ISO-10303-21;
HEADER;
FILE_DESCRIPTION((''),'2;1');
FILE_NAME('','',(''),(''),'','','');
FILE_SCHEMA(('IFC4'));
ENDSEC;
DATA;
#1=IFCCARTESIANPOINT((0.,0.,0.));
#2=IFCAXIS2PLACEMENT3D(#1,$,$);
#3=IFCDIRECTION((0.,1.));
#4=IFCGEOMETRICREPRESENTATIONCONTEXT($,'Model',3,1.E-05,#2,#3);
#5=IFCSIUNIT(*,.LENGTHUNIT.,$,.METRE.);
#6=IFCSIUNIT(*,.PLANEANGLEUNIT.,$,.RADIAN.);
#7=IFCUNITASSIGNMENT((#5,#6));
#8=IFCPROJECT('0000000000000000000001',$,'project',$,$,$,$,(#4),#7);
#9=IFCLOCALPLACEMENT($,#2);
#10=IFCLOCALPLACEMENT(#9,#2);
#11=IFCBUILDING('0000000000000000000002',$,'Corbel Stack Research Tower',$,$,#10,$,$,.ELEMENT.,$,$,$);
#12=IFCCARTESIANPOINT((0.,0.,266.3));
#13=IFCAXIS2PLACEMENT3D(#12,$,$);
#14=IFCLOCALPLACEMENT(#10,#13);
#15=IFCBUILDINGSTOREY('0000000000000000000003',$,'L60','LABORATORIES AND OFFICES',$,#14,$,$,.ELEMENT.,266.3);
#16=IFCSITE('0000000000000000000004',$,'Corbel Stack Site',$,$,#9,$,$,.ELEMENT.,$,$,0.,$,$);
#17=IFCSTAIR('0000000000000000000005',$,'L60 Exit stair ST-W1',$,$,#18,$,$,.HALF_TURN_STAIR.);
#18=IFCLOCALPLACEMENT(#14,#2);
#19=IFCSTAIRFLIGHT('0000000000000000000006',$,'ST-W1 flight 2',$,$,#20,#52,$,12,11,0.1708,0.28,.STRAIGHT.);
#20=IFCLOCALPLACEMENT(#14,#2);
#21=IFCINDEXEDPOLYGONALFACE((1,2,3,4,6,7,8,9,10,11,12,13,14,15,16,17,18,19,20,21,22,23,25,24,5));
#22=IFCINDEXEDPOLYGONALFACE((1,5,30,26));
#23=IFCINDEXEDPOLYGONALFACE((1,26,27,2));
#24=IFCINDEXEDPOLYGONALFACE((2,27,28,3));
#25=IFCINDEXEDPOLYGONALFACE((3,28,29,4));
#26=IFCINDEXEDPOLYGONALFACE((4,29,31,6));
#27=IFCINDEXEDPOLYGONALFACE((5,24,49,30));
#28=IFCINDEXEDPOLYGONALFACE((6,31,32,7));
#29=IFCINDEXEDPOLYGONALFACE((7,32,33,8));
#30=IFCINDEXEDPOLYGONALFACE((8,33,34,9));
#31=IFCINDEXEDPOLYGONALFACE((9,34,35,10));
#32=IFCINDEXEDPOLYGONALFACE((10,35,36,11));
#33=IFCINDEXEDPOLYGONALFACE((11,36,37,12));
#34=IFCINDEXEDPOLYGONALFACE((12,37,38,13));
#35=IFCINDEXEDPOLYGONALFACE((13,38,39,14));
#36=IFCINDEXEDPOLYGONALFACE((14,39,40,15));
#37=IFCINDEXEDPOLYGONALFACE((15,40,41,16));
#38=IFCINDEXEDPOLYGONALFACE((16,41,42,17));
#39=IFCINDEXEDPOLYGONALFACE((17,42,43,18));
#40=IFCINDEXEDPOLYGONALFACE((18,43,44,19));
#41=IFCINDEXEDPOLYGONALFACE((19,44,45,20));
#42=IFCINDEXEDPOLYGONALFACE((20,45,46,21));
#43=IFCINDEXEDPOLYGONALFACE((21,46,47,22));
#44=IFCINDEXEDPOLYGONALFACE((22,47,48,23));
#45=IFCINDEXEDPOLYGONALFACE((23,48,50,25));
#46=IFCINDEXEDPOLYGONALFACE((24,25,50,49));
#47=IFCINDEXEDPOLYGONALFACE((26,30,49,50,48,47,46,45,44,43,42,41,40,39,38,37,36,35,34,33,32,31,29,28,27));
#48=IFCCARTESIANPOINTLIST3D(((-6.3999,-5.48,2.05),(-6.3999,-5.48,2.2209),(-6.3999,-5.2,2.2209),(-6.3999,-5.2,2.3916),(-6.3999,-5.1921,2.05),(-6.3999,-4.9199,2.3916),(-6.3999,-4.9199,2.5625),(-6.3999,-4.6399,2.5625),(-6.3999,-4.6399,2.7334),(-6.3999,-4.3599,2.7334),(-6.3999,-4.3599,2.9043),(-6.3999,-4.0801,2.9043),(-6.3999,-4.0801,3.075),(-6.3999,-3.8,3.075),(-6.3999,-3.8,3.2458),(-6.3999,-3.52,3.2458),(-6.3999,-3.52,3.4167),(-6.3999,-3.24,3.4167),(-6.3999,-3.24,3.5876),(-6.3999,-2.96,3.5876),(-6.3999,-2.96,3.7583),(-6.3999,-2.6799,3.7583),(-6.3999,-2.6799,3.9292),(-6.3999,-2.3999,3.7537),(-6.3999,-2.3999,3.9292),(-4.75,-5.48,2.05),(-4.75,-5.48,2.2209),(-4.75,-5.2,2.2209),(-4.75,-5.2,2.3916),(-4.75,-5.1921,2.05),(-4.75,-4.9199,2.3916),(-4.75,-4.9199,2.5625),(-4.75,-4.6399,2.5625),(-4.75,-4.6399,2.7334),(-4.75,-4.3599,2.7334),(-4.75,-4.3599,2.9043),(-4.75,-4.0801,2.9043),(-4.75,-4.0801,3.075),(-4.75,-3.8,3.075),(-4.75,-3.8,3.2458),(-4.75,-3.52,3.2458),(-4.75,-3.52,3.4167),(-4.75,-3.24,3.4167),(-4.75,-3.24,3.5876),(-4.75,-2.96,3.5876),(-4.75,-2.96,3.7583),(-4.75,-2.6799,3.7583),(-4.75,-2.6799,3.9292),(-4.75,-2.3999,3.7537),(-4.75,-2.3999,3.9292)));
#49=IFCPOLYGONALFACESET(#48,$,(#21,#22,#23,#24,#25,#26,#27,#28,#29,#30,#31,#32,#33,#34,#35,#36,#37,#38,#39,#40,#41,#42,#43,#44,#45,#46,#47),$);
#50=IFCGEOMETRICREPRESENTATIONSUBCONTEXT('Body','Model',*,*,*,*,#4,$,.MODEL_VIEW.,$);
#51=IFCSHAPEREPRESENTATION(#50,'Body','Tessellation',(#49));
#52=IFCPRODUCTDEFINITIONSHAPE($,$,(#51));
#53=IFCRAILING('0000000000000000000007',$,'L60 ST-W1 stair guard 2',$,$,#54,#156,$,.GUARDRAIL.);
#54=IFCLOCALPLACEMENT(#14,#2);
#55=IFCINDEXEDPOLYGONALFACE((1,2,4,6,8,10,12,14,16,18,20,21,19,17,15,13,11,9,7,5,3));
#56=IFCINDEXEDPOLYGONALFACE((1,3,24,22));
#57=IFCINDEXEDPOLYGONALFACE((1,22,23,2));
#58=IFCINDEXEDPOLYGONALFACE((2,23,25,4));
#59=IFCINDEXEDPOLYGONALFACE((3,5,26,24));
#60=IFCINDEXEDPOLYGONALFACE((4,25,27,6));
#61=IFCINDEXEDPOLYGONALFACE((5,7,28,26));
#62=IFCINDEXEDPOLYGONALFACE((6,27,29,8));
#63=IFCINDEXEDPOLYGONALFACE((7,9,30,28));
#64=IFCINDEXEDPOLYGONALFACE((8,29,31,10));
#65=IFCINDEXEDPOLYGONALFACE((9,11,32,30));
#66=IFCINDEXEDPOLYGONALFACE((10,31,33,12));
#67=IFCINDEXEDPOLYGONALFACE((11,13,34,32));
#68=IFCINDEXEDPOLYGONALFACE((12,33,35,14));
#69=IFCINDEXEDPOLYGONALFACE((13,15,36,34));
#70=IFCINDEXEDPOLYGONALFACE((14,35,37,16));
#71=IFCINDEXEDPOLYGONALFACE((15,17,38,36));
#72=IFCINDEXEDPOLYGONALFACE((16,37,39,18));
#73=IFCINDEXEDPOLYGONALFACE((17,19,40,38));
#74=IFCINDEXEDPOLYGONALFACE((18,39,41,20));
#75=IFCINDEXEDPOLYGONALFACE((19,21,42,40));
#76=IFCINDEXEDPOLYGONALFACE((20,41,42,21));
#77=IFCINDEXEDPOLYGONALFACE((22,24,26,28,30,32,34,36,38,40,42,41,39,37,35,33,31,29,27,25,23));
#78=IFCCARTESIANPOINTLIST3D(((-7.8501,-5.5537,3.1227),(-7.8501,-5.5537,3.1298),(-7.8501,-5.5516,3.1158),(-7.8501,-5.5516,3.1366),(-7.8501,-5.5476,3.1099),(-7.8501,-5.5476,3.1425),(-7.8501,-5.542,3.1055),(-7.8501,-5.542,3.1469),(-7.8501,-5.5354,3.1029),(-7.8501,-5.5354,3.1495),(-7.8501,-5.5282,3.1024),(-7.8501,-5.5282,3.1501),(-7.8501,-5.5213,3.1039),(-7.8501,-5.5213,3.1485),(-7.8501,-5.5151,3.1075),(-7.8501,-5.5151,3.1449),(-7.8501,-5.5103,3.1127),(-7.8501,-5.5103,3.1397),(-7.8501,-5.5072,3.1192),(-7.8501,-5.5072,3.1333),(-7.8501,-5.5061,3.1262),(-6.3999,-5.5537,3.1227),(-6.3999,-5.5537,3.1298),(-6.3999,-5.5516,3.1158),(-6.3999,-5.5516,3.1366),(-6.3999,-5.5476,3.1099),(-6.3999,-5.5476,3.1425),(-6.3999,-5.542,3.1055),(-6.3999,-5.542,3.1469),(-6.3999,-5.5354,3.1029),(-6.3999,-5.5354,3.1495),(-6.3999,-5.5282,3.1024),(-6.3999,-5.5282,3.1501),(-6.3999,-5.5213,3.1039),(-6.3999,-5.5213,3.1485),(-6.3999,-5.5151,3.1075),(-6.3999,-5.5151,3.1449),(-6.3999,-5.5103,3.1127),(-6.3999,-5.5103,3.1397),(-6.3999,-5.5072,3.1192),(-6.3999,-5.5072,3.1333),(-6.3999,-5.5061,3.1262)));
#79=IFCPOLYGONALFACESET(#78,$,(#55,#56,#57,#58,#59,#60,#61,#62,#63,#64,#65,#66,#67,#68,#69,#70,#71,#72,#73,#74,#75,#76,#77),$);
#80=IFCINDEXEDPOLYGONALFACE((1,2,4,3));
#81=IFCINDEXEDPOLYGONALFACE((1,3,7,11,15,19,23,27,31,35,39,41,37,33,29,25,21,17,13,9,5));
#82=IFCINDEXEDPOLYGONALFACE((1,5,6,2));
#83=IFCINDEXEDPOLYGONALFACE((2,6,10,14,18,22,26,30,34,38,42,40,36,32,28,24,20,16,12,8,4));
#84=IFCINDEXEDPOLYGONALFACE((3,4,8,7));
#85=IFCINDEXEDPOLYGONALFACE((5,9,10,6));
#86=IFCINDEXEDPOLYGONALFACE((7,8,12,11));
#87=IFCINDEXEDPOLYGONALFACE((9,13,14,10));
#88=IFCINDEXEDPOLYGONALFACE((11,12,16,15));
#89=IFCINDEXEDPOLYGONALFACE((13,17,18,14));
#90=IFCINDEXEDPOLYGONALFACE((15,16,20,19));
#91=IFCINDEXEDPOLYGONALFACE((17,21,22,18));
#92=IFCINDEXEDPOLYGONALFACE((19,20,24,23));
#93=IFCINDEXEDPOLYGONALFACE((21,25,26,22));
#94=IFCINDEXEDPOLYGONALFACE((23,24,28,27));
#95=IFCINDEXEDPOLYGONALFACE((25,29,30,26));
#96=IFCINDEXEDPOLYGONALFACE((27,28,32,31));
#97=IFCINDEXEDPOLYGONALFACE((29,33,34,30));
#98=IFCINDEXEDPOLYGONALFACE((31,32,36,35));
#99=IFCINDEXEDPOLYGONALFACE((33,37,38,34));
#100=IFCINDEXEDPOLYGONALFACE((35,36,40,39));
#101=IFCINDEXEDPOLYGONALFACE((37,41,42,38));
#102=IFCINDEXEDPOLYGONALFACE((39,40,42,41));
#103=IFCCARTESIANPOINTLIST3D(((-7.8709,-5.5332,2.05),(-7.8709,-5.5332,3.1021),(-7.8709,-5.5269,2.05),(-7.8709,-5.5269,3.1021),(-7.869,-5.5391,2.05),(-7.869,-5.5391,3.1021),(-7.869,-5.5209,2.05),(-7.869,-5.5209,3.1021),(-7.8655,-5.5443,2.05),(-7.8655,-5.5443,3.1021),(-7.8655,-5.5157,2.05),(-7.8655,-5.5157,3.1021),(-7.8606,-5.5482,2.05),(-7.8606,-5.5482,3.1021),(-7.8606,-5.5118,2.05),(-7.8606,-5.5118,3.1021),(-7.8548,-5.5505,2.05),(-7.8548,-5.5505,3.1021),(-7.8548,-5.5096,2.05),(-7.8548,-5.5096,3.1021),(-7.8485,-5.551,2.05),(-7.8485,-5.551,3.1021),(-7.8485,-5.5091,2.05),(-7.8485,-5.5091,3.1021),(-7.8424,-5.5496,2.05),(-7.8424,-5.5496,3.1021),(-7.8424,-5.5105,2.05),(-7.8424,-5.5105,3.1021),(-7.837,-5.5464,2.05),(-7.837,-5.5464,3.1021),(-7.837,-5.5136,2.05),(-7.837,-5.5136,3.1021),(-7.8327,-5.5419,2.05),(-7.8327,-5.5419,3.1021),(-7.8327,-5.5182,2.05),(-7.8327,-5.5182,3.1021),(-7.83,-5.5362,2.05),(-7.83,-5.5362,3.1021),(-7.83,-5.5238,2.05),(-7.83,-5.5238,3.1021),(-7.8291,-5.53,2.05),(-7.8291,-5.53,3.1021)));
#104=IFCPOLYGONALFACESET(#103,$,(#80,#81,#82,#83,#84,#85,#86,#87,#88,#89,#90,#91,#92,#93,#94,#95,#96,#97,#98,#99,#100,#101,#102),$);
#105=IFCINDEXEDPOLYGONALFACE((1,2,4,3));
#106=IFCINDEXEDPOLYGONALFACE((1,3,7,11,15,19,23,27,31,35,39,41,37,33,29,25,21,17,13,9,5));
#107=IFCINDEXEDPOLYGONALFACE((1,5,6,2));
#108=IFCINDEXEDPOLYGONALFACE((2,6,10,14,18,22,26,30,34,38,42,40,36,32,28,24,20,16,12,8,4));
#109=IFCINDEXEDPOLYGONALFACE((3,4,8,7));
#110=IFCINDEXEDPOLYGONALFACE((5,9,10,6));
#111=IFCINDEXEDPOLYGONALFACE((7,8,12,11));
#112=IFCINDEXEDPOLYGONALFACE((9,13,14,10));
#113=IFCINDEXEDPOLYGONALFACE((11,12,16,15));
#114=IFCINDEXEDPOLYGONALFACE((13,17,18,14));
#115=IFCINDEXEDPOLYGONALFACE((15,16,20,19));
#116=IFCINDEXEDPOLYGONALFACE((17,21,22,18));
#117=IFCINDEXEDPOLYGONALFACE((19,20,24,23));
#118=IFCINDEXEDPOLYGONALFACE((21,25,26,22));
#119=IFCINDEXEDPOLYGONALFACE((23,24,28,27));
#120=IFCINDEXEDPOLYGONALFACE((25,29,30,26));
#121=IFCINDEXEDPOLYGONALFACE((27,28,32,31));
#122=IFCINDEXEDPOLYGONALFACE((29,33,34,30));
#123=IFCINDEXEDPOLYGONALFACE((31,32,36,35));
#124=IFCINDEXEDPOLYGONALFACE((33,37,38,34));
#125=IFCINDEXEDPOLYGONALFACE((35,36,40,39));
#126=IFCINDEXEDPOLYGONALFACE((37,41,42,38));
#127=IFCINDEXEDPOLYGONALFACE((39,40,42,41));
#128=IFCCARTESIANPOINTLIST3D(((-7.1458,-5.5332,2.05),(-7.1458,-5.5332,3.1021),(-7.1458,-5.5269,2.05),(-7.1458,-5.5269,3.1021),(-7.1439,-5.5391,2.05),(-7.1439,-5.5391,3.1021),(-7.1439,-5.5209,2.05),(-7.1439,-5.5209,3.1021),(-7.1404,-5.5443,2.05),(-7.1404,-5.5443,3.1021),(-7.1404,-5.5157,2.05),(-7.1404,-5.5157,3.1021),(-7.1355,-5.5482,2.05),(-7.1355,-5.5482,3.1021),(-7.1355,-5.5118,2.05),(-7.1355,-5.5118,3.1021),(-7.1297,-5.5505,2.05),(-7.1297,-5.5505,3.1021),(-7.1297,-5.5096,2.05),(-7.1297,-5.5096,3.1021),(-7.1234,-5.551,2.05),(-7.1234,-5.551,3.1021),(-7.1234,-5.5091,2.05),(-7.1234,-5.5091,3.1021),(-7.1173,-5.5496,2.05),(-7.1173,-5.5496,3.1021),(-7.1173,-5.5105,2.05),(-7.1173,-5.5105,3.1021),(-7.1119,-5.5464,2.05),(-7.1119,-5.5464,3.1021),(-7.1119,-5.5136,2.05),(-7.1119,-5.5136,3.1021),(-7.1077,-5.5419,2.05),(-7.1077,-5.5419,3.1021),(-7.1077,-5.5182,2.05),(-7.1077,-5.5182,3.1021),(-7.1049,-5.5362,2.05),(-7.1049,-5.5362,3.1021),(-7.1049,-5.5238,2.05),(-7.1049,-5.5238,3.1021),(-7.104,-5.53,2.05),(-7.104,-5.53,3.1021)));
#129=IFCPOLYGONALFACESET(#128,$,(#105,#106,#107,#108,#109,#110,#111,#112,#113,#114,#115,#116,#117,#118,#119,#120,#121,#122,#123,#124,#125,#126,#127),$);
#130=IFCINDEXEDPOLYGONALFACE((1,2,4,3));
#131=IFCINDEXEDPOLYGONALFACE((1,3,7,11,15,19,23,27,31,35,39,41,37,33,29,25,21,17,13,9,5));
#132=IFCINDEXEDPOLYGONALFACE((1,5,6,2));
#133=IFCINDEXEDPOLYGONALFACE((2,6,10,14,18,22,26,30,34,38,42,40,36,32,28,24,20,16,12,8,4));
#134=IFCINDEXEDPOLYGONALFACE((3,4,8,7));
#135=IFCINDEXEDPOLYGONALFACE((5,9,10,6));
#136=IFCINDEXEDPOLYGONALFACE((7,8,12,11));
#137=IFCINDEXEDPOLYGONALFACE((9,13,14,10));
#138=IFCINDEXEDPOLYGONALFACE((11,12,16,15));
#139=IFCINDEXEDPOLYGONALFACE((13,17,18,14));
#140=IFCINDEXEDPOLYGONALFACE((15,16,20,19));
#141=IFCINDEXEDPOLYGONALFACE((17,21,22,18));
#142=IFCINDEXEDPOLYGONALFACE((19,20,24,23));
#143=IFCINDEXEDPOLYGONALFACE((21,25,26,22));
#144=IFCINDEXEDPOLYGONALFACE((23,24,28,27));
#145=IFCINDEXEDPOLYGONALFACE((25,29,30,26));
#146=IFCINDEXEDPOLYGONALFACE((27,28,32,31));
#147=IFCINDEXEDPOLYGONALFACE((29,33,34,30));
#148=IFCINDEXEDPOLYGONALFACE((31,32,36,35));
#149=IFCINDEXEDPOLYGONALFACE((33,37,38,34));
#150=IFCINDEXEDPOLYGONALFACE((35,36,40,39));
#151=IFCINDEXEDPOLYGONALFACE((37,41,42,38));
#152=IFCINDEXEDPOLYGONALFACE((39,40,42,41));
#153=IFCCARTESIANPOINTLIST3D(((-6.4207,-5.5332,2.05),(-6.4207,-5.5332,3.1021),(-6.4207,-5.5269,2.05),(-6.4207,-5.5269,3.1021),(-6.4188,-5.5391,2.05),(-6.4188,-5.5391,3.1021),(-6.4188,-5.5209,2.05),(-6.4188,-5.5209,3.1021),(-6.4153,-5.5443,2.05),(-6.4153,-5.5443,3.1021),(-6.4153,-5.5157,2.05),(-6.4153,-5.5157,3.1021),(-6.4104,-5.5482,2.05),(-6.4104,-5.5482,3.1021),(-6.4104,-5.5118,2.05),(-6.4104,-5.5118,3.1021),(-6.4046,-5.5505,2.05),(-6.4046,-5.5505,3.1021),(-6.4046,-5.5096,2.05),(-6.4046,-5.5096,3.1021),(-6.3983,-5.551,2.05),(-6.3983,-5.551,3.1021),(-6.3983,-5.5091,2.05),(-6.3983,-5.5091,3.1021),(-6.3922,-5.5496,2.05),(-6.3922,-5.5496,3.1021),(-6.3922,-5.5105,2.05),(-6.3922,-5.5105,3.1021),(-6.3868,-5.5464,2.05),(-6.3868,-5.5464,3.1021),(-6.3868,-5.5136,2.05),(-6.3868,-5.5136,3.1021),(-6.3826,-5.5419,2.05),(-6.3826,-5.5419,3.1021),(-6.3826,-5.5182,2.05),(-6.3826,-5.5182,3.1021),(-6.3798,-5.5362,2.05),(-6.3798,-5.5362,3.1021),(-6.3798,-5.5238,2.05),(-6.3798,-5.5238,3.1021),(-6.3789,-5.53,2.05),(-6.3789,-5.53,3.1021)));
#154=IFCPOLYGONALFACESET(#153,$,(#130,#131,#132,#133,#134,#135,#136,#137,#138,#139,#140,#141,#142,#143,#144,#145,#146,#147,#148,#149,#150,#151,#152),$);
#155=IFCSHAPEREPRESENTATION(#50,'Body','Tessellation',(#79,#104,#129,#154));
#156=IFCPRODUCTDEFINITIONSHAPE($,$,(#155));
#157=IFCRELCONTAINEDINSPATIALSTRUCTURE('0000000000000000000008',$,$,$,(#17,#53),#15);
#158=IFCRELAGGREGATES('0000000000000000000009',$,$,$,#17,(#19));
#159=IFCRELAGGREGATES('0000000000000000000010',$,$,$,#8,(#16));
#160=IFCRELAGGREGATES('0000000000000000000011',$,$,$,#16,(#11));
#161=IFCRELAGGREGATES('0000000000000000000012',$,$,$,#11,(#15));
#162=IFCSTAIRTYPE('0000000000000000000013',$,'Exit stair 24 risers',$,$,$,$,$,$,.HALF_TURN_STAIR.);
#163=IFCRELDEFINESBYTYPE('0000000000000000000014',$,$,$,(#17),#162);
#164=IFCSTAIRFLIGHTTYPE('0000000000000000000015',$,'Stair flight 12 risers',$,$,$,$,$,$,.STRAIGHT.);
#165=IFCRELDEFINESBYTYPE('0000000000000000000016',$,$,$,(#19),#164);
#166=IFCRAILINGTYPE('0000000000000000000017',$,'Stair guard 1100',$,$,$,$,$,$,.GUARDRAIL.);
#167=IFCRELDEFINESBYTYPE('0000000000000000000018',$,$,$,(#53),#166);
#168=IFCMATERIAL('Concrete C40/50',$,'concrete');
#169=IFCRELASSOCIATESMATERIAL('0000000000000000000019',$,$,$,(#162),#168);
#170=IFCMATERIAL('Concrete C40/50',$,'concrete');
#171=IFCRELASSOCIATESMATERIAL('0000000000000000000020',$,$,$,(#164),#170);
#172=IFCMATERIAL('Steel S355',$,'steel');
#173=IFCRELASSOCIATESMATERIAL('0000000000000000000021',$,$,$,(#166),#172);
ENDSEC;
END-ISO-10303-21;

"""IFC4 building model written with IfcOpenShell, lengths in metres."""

from ifc_helpers import new_model, si_unit, direction, frame, origin, origin_2d, place, context, subcontext, project, spatial, polyline, circle, outline, extrude, material, type_object, element, aggregate, save


model = new_model("IFC4")

# Units and contexts
model_context = context("Model", 3, precision=1e-05, world=origin(), true_north=direction((0.0, 1.0)))
body_context = subcontext(model_context, "Body", "Model", "MODEL_VIEW")
ifc_project = project(units=[si_unit("LENGTHUNIT", "METRE"), si_unit("PLANEANGLEUNIT", "RADIAN")], contexts=[model_context])

# Site, building, storey
site_placement = place(None, origin())
site = spatial("IfcSite", under=ifc_project, at=site_placement, Name="Corbel Stack Site", CompositionType="ELEMENT", RefElevation=0.0)
building_placement = place(site_placement, origin())
building = spatial("IfcBuilding", under=site, at=building_placement, Name="Corbel Stack Research Tower", CompositionType="ELEMENT")
storey_placement = place(building_placement, frame((0.0, 0.0, 266.3)))
storey = spatial("IfcBuildingStorey", under=building, at=storey_placement, Name="L60", Description="LABORATORIES AND OFFICES", CompositionType="ELEMENT", Elevation=266.3)

# Stair, stair flight
ifc_material_1 = material(Name="Concrete C40/50", Category="concrete")
stair_type = type_object("IfcStairType", Name="Exit stair 24 risers", PredefinedType="HALF_TURN_STAIR", material=ifc_material_1)
stair_placement = place(storey_placement, origin())
stair = element("IfcStair", 1, at=stair_placement, inside=storey, type_object=stair_type, Name="L60 Exit stair ST-W1", PredefinedType="HALF_TURN_STAIR")
ifc_material_2 = material(Name="Concrete C40/50", Category="concrete")
stair_flight_type = type_object("IfcStairFlightType", Name="Stair flight 12 risers", PredefinedType="STRAIGHT", material=ifc_material_2)
stair_flight_placement = place(storey_placement, frame((-5.575, -5.48, 2.05), z_axis=(0.0, 0.0, 1.0), x_axis=(0.0, 1.0, 0.0)))
stair_flight = element("IfcStairFlight", 2, at=stair_flight_placement, type_object=stair_flight_type, Name="ST-W1 flight 2", NumberOfRisers=12, NumberOfTreads=11, PredefinedType="STRAIGHT", RiserHeight=0.1708, TreadLength=0.28, context=body_context, shape_type="SweptSolid", body=[
    extrude(outline(polyline([(0.0, 0.0), (0.0, 0.1709), (0.28, 0.1709), (0.28, 0.3416), (0.5601, 0.3416), (0.5601, 0.5125), (0.8401, 0.5125), (0.8401, 0.6833), (1.1201, 0.6833), (1.1201, 0.8542), (1.3999, 0.8542), (1.3999, 1.0249), (1.6799, 1.0249), (1.6799, 1.1958), (1.96, 1.1958), (1.96, 1.3667), (2.24, 1.3667), (2.24, 1.5376), (2.52, 1.5376), (2.52, 1.7083), (2.8, 1.7083), (2.8, 1.8792), (3.0801, 1.8792), (3.0801, 2.05), (3.0801, 1.7036), (0.2878, 0.0), (0.0, 0.0)])), frame((0.0, 0.825, 0.0), z_axis=(0.0, -1.0, 0.0), x_axis=(1.0, 0.0, 0.0)), (0.0, 0.0, 1.0), 1.6499),
])
aggregate(stair, [stair_flight])

# Railing
ifc_material_3 = material(Name="Steel S355", Category="steel")
railing_type_1 = type_object("IfcRailingType", Name="Stair guard 1100", PredefinedType="GUARDRAIL", material=ifc_material_3)
railing_1_placement = place(storey_placement, frame((-7.8501, -5.53, 2.05)))
element("IfcRailing", 3, at=railing_1_placement, inside=storey, type_object=railing_type_1, Name="L60 ST-W1 stair guard 2", PredefinedType="GUARDRAIL", context=body_context, shape_type="SweptSolid", body=[
    extrude(circle(Radius=0.0239, at=origin_2d()), frame((0.0, 0.0, 1.0762), z_axis=(1.0, 0.0, 0.0), x_axis=(0.0, 1.0, 0.0)), (0.0, 0.0, 1.0), 1.4502),
    extrude(circle(Radius=0.021, at=origin_2d()), origin(), (0.0, 0.0, 1.0), 1.052),
    extrude(circle(Radius=0.021, at=origin_2d()), frame((0.7251, 0.0, 0.0)), (0.0, 0.0, 1.0), 1.052),
    extrude(circle(Radius=0.021, at=origin_2d()), frame((1.4502, 0.0, 0.0)), (0.0, 0.0, 1.0), 1.052),
])

save(model, "model.ifc")
